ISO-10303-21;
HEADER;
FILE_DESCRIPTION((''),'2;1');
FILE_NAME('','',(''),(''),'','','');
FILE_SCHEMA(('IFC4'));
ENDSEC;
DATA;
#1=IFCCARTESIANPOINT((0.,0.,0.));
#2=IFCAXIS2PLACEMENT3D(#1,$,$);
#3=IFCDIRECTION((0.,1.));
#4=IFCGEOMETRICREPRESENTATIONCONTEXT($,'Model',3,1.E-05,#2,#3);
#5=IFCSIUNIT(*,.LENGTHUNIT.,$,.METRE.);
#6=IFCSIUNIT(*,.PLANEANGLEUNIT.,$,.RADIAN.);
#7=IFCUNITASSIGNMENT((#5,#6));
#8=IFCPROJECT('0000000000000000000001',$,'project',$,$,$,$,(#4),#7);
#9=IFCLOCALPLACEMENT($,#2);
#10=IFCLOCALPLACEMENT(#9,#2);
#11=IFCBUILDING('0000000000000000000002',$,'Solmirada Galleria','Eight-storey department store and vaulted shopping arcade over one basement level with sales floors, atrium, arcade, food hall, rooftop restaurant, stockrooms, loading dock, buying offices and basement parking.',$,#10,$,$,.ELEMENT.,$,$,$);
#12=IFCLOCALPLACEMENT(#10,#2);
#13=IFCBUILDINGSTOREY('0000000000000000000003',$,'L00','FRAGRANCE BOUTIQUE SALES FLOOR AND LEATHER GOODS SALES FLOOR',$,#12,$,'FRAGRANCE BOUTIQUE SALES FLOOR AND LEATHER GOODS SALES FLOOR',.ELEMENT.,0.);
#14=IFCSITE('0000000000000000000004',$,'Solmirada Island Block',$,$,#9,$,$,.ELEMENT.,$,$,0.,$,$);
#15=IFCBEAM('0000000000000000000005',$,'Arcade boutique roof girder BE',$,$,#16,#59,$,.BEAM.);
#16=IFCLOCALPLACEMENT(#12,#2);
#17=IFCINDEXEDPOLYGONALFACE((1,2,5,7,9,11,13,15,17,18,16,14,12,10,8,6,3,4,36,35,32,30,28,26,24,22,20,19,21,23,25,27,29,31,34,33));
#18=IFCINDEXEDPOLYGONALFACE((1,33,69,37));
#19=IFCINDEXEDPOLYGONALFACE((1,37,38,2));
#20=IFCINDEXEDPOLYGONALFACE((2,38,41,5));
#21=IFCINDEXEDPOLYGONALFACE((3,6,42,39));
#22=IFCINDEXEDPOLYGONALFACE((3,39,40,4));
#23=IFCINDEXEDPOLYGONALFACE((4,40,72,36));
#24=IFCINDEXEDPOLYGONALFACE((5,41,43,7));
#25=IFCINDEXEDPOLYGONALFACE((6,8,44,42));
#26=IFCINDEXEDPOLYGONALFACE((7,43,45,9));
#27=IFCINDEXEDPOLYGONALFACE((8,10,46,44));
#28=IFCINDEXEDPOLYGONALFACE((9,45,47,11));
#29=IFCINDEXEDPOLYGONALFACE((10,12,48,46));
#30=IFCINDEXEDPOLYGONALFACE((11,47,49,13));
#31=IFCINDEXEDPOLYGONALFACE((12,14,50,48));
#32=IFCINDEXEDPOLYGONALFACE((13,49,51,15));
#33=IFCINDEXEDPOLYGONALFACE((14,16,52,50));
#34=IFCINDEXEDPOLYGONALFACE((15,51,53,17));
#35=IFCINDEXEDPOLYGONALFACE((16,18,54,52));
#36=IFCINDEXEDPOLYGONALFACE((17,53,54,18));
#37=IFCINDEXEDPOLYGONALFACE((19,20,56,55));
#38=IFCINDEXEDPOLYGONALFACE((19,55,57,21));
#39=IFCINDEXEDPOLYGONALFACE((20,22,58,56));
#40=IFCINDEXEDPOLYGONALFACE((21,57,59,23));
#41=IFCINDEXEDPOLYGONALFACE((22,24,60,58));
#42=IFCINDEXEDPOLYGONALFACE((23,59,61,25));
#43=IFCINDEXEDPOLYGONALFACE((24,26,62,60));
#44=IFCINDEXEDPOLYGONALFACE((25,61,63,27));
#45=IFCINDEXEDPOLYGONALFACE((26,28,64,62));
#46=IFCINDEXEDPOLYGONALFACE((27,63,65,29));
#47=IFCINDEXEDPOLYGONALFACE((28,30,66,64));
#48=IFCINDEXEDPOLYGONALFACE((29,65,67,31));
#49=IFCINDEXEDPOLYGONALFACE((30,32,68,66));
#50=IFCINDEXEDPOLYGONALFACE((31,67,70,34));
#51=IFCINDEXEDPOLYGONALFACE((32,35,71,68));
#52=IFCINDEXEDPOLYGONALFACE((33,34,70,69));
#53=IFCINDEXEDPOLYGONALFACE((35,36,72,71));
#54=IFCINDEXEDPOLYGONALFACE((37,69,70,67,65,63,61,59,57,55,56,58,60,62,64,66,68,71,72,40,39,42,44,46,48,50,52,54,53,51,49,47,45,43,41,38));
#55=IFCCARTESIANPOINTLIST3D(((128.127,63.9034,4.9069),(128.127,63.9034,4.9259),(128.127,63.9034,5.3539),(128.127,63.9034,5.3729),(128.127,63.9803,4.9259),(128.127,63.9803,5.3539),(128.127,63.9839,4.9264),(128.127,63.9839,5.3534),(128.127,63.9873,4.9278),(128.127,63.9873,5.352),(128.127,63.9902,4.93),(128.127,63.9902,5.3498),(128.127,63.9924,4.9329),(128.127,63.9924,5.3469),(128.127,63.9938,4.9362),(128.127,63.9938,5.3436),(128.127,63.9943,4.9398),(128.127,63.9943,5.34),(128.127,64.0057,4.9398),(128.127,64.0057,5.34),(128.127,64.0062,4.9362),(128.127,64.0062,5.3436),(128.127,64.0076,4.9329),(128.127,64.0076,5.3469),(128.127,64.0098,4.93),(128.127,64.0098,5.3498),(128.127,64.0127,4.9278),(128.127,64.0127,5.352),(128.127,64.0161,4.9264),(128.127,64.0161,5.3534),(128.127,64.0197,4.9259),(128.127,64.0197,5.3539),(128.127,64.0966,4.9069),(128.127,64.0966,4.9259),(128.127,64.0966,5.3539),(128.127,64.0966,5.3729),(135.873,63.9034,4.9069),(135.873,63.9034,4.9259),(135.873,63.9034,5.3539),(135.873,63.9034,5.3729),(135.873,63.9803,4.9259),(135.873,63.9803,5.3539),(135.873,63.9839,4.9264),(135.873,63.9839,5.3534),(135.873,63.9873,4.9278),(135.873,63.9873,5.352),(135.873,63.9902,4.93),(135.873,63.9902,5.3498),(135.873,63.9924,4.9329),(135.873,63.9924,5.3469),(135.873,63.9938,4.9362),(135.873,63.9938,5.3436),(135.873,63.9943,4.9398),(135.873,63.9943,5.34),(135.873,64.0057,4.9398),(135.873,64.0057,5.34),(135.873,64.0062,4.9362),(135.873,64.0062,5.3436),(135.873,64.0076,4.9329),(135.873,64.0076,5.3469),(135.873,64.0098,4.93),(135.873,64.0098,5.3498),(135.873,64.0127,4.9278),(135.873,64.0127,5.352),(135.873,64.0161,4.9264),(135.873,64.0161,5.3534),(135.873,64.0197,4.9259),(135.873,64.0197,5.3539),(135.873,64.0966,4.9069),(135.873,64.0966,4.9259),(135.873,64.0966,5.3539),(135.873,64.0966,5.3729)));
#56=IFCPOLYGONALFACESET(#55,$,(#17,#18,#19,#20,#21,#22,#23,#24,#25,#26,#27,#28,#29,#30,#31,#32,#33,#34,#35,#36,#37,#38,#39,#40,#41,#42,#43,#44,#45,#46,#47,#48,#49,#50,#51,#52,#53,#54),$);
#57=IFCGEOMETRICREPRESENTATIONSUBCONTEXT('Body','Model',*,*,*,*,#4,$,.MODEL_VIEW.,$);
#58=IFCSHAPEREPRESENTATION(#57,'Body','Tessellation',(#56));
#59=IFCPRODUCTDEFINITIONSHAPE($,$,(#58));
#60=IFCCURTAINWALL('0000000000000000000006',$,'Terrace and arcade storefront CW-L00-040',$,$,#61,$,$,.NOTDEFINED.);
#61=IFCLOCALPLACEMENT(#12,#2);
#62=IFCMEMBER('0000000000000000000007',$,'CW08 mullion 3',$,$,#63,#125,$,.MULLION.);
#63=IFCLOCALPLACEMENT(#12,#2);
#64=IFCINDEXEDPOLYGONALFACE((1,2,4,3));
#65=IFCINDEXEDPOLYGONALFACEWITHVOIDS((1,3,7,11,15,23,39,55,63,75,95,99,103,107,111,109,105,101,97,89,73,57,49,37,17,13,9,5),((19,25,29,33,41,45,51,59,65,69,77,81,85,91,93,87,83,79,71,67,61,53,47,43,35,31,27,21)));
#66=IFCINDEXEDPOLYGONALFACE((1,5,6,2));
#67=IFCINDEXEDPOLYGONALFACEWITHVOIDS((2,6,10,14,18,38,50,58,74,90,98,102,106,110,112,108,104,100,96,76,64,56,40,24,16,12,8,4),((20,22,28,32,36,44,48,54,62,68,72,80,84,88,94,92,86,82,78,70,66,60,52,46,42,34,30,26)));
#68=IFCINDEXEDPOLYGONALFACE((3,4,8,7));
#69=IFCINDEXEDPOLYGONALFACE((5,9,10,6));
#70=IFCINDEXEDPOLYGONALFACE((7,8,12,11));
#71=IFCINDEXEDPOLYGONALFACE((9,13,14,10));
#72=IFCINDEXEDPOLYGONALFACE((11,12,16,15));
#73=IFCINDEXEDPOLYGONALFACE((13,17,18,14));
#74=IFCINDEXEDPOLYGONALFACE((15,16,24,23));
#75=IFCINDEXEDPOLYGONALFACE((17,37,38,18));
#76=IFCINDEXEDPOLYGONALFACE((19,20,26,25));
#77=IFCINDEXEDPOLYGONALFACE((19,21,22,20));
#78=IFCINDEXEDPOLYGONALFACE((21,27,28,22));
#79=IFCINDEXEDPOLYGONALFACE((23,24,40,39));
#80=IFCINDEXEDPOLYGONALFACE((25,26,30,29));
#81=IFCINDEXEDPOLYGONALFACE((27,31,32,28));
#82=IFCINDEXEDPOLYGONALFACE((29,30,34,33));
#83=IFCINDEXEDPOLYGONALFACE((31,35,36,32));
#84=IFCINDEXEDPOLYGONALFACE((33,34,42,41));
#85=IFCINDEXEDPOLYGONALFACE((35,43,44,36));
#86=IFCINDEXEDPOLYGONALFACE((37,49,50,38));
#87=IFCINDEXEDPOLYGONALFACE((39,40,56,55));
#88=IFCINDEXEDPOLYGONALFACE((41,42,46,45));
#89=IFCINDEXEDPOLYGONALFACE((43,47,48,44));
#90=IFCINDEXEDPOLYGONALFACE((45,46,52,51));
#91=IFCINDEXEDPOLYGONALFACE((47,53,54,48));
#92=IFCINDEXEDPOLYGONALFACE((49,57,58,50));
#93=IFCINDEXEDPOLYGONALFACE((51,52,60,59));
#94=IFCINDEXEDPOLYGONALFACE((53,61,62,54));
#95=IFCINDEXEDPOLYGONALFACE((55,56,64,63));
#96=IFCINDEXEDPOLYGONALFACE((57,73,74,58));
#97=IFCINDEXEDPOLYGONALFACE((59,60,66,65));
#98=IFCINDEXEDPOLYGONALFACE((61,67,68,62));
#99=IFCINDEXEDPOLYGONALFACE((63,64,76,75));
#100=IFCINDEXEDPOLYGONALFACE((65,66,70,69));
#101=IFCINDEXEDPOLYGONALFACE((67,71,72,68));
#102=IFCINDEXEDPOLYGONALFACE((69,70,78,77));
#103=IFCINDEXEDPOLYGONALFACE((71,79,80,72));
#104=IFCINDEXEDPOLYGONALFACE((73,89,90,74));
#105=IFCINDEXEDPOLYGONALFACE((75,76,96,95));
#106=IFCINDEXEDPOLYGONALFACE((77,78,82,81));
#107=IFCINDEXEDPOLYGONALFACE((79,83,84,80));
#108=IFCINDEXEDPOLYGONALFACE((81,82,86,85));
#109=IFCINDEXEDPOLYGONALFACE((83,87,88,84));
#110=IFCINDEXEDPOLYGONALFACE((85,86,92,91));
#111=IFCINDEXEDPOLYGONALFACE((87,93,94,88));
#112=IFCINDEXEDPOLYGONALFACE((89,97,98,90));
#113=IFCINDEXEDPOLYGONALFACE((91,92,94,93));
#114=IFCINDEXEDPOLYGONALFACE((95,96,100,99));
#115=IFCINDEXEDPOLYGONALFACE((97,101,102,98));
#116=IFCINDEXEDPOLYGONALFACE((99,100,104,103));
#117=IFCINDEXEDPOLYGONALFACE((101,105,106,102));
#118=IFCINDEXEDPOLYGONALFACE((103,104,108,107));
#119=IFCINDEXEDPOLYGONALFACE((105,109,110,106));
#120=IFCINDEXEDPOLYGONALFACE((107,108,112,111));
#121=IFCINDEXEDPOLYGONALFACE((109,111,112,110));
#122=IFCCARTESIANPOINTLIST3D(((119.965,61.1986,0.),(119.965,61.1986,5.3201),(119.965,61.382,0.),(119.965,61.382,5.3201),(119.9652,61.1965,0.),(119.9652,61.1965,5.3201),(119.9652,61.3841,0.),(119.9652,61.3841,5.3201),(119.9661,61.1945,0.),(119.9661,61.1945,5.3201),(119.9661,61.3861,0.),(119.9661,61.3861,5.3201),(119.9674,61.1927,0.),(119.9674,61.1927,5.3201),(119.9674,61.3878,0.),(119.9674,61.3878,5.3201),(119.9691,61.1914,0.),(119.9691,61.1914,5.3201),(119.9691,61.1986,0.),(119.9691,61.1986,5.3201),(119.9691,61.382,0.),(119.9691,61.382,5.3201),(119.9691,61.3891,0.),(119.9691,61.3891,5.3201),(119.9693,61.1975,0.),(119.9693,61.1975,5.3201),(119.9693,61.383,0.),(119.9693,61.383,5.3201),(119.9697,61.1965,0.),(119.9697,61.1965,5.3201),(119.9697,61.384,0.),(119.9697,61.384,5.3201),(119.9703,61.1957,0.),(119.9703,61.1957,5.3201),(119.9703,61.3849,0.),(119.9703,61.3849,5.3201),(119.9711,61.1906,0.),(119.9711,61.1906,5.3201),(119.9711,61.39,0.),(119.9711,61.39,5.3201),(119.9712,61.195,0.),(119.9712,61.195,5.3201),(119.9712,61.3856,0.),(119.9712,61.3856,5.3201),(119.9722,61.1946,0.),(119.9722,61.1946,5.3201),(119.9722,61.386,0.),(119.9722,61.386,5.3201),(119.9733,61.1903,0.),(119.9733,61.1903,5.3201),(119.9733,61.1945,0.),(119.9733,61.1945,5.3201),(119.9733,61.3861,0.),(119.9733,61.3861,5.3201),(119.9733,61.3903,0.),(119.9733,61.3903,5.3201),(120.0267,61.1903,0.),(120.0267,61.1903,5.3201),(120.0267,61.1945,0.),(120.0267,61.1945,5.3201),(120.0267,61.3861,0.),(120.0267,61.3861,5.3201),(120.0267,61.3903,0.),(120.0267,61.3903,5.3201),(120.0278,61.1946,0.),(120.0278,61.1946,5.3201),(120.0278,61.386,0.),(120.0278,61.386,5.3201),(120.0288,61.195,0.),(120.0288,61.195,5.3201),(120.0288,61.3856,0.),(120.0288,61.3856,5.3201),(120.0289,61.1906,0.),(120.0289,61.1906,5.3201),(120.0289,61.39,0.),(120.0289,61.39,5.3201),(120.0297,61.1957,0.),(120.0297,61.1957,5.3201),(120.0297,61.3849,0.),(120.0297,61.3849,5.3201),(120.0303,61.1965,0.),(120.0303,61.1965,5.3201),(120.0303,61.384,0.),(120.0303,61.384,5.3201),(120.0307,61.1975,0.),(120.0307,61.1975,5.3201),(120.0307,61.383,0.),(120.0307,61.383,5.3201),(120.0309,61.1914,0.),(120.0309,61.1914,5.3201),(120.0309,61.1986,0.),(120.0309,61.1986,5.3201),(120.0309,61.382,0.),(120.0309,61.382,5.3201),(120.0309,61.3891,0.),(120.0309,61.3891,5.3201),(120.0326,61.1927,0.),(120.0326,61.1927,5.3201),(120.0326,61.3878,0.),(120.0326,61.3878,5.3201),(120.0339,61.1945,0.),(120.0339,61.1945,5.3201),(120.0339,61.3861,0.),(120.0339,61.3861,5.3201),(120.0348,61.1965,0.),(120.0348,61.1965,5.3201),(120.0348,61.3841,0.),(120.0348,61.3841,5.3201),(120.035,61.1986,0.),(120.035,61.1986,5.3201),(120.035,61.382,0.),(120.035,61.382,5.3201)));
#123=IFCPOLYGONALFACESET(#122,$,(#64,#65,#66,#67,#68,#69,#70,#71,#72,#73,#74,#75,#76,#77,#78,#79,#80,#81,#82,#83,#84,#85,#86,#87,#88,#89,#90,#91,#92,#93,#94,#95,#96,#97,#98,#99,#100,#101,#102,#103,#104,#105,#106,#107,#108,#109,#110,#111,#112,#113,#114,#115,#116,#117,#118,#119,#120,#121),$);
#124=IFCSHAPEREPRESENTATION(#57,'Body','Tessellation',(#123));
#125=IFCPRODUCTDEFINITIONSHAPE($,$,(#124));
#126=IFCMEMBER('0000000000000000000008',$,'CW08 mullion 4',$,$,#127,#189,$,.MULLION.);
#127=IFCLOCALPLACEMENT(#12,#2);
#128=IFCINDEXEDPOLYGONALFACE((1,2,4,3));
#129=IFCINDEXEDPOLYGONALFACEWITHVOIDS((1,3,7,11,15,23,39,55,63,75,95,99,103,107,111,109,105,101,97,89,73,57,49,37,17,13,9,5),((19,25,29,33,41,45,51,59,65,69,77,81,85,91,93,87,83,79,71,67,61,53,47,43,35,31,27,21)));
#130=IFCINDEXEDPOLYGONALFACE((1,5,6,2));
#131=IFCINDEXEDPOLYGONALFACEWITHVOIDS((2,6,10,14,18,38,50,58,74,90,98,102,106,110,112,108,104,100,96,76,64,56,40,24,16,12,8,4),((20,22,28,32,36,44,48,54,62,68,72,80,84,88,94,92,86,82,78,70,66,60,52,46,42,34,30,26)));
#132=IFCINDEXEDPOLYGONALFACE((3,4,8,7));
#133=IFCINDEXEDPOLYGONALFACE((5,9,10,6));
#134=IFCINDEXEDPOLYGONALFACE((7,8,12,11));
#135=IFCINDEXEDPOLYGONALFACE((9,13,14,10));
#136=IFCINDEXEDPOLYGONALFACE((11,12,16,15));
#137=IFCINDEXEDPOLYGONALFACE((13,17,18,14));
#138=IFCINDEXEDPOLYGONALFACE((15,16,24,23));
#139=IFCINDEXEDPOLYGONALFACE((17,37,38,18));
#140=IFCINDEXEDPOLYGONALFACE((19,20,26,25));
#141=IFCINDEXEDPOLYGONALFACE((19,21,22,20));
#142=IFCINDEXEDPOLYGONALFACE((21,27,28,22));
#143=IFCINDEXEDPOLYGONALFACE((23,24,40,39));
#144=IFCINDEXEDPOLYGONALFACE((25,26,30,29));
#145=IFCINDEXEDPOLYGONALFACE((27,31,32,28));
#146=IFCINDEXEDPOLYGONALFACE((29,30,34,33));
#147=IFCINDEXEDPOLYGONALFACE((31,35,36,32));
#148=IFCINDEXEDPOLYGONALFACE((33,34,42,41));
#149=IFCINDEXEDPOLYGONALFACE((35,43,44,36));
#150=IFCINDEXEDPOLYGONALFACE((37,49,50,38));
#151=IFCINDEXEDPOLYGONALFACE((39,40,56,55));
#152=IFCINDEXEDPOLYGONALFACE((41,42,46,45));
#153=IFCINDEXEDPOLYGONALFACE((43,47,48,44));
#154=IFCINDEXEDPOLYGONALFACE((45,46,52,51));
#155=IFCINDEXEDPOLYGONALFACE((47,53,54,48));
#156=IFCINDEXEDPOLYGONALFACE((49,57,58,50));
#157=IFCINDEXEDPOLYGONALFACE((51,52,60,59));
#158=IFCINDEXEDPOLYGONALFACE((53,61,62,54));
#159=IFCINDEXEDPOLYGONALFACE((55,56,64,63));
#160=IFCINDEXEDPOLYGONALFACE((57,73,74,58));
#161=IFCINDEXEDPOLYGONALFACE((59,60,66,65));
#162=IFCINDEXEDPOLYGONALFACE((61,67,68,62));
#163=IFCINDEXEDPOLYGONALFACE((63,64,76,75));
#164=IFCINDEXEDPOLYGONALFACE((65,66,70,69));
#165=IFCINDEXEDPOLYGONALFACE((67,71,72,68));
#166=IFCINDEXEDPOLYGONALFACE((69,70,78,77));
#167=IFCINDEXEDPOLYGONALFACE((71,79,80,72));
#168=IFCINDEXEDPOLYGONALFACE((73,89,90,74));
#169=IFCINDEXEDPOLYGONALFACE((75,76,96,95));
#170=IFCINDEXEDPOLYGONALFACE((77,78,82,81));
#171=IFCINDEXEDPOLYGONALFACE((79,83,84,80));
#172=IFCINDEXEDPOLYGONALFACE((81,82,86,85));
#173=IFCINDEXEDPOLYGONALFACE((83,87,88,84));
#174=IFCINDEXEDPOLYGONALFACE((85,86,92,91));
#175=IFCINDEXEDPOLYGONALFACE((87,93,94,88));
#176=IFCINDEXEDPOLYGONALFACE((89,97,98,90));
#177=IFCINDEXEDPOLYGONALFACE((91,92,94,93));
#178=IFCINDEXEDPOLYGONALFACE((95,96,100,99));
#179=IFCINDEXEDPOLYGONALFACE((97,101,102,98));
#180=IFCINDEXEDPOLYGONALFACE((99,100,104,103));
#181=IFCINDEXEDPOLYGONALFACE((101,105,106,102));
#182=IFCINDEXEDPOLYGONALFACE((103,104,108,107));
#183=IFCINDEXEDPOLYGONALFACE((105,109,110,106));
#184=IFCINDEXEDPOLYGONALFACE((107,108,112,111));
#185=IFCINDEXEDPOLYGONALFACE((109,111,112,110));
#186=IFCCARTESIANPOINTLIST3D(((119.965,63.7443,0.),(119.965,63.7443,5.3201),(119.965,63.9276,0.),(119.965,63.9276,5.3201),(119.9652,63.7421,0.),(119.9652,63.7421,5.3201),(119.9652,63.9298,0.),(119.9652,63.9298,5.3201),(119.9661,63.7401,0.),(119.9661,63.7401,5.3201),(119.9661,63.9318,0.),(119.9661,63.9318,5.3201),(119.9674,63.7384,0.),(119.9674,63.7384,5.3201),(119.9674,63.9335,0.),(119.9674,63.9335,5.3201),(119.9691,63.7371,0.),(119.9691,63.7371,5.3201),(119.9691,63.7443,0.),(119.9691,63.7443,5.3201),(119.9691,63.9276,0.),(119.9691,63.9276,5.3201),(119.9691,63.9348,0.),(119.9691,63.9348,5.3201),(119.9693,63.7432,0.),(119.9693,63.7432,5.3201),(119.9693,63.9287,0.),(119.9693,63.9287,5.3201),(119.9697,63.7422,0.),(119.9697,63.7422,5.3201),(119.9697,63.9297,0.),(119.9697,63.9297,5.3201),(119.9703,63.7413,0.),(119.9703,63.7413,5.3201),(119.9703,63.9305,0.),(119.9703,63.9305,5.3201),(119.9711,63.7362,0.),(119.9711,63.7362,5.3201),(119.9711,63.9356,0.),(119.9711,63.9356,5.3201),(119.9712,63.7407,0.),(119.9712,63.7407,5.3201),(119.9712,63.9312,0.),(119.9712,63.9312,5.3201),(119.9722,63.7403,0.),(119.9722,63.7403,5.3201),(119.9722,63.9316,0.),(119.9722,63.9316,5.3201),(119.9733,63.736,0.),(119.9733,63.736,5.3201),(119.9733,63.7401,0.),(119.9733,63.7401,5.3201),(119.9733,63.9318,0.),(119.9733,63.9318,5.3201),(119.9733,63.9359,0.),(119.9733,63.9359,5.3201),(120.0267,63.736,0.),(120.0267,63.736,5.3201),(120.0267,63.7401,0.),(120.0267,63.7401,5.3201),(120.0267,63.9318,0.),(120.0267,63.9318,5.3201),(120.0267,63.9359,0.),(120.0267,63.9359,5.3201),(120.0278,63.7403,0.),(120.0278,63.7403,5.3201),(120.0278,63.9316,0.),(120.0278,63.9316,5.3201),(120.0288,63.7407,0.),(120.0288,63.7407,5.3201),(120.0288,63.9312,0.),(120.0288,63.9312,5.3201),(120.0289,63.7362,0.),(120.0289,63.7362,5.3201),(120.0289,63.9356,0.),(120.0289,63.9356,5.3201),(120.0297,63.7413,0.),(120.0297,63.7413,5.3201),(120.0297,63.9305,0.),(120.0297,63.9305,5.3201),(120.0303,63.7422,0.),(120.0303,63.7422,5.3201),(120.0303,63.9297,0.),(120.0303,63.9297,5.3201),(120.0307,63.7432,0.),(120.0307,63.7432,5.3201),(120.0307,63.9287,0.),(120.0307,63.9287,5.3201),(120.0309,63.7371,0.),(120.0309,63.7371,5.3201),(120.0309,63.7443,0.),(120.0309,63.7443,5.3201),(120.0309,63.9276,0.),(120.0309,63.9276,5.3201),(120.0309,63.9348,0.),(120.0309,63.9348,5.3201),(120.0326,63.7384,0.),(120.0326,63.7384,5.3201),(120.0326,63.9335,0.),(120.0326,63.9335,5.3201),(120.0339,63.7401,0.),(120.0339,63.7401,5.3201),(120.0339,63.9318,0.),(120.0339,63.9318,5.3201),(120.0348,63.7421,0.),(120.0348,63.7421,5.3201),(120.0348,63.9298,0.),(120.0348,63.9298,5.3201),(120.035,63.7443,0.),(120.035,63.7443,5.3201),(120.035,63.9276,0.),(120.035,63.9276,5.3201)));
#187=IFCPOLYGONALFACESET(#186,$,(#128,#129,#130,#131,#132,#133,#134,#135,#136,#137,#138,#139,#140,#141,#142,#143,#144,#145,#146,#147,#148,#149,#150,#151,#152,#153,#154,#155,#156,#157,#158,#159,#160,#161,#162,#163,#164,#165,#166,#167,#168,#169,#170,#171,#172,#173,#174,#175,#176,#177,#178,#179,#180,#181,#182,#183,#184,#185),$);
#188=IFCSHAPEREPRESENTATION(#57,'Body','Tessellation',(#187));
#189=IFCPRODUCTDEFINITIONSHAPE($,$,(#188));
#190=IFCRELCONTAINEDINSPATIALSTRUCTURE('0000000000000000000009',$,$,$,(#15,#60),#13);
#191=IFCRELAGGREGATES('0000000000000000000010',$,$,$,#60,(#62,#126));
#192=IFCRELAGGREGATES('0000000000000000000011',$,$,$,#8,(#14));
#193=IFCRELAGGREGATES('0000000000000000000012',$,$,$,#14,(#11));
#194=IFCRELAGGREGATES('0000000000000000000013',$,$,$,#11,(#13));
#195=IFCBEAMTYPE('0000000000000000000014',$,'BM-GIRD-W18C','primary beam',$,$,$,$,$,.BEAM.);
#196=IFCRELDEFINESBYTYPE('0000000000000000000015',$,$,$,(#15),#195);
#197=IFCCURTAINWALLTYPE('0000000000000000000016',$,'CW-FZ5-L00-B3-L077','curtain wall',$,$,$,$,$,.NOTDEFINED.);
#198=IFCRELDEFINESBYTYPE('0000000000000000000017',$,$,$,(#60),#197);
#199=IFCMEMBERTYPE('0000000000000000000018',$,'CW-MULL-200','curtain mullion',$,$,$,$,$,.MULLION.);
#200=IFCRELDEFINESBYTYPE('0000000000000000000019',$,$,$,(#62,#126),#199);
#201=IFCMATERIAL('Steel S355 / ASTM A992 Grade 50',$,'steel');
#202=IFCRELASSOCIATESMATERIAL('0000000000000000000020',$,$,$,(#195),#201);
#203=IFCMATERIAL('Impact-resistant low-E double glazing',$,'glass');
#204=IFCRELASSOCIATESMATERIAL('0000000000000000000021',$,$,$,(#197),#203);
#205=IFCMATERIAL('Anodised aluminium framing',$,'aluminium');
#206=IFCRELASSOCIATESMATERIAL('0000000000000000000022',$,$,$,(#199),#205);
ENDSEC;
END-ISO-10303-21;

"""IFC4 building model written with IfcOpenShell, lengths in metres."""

from ifc_helpers import new_model, si_unit, direction, frame, origin, origin_2d, place, context, subcontext, project, spatial, hollow_rectangle, i_section, extrude, material, material_profile, profile_set, type_object, element, aggregate, save


model = new_model("IFC4")

# Units and contexts
model_context = context("Model", 3, precision=1e-05, world=origin(), true_north=direction((0.0, 1.0)))
body_context = subcontext(model_context, "Body", "Model", "MODEL_VIEW")
ifc_project = project(units=[si_unit("LENGTHUNIT", "METRE"), si_unit("PLANEANGLEUNIT", "RADIAN")], contexts=[model_context])

# Site, building, storey
site_placement = place(None, origin())
site = spatial("IfcSite", under=ifc_project, at=site_placement, Name="Solmirada Island Block", CompositionType="ELEMENT", RefElevation=0.0)
building_placement = place(site_placement, origin())
building = spatial("IfcBuilding", under=site, at=building_placement, Name="Solmirada Galleria", Description="Eight-storey department store and vaulted shopping arcade over one basement level with sales floors, atrium, arcade, food hall, rooftop restaurant, stockrooms, loading dock, buying offices and basement parking.", CompositionType="ELEMENT")
storey_placement = place(building_placement, origin())
storey = spatial("IfcBuildingStorey", under=building, at=storey_placement, Name="L00", Description="FRAGRANCE BOUTIQUE SALES FLOOR AND LEATHER GOODS SALES FLOOR", LongName="FRAGRANCE BOUTIQUE SALES FLOOR AND LEATHER GOODS SALES FLOOR", CompositionType="ELEMENT", Elevation=0.0)

# Beam
ifc_material_1 = material(Name="Steel S355 / ASTM A992 Grade 50", Category="steel")
ifc_material_profile_1 = material_profile(ifc_material_1, i_section(OverallWidth=0.1931, OverallDepth=0.4661, WebThickness=0.0115, FlangeThickness=0.019, FilletRadius=0.0139, at=origin_2d()), Name="W18X65")
ifc_profile_set_1 = profile_set([ifc_material_profile_1], Name="Steel S355 / ASTM A992 Grade 50")
beam_type = type_object("IfcBeamType", Name="BM-GIRD-W18C", Description="primary beam", PredefinedType="BEAM", material=ifc_profile_set_1)
for number, where, z_axis, x_axis, name in (
    (1, (128.127, 64.0, 5.1399), (1.0, 0.0, 0.0), (0.0, 1.0, 0.0), "Arcade boutique roof girder BE"),
):
    element("IfcBeam", number, at=place(storey_placement, frame(where, z_axis=z_axis, x_axis=x_axis)), inside=storey, type_object=beam_type, Name=name, PredefinedType="BEAM", context=body_context, shape_type="SweptSolid", body=[
        extrude(i_section(OverallWidth=0.1931, OverallDepth=0.4661, WebThickness=0.0115, FlangeThickness=0.019, FilletRadius=0.0139, at=origin_2d()), origin(), (0.0, 0.0, 1.0), 7.7461),
    ])

# Curtain wall, members
ifc_material_2 = material(Name="Impact-resistant low-E double glazing", Category="glass")
curtain_wall_type = type_object("IfcCurtainWallType", Name="CW-FZ5-L00-B3-L077", Description="curtain wall", PredefinedType="NOTDEFINED", material=ifc_material_2)
curtain_wall_1_placement = place(storey_placement, origin())
curtain_wall_1 = element("IfcCurtainWall", 2, at=curtain_wall_1_placement, inside=storey, type_object=curtain_wall_type, Name="Terrace and arcade storefront CW-L00-040", PredefinedType="NOTDEFINED")
ifc_material_3 = material(Name="Anodised aluminium framing", Category="aluminium")
ifc_material_profile_2 = material_profile(ifc_material_3, hollow_rectangle(XDim=0.0701, YDim=0.2, WallThickness=0.0042, InnerFilletRadius=0.0042, OuterFilletRadius=0.0083, at=origin_2d()), Name="ALU-MULL-200X70")
ifc_profile_set_2 = profile_set([ifc_material_profile_2], Name="Anodised aluminium framing")
member_type_1 = type_object("IfcMemberType", Name="CW-MULL-200", Description="curtain mullion", PredefinedType="MULLION", material=ifc_profile_set_2)
member_1_placement = place(storey_placement, frame((120.0, 61.2903, 0.0), z_axis=(0.0, 0.0, 1.0), x_axis=(-1.0, 0.0, 0.0)))
member_1 = element("IfcMember", 3, at=member_1_placement, type_object=member_type_1, Name="CW08 mullion 3", PredefinedType="MULLION", context=body_context, shape_type="SweptSolid", body=[
    extrude(hollow_rectangle(XDim=0.0701, YDim=0.2, WallThickness=0.0042, InnerFilletRadius=0.0042, OuterFilletRadius=0.0083, at=origin_2d()), origin(), (0.0, 0.0, 1.0), 5.3201),
])
member_2_placement = place(storey_placement, frame((120.0, 63.8359, 0.0), z_axis=(0.0, 0.0, 1.0), x_axis=(-1.0, 0.0, 0.0)))
member_2 = element("IfcMember", 4, at=member_2_placement, type_object=member_type_1, Name="CW08 mullion 4", PredefinedType="MULLION", context=body_context, shape_type="SweptSolid", body=[
    extrude(hollow_rectangle(XDim=0.0701, YDim=0.2, WallThickness=0.0042, InnerFilletRadius=0.0042, OuterFilletRadius=0.0083, at=origin_2d()), origin(), (0.0, 0.0, 1.0), 5.3201),
])

aggregate(curtain_wall_1, [member_1, member_2])

save(model, "model.ifc")
